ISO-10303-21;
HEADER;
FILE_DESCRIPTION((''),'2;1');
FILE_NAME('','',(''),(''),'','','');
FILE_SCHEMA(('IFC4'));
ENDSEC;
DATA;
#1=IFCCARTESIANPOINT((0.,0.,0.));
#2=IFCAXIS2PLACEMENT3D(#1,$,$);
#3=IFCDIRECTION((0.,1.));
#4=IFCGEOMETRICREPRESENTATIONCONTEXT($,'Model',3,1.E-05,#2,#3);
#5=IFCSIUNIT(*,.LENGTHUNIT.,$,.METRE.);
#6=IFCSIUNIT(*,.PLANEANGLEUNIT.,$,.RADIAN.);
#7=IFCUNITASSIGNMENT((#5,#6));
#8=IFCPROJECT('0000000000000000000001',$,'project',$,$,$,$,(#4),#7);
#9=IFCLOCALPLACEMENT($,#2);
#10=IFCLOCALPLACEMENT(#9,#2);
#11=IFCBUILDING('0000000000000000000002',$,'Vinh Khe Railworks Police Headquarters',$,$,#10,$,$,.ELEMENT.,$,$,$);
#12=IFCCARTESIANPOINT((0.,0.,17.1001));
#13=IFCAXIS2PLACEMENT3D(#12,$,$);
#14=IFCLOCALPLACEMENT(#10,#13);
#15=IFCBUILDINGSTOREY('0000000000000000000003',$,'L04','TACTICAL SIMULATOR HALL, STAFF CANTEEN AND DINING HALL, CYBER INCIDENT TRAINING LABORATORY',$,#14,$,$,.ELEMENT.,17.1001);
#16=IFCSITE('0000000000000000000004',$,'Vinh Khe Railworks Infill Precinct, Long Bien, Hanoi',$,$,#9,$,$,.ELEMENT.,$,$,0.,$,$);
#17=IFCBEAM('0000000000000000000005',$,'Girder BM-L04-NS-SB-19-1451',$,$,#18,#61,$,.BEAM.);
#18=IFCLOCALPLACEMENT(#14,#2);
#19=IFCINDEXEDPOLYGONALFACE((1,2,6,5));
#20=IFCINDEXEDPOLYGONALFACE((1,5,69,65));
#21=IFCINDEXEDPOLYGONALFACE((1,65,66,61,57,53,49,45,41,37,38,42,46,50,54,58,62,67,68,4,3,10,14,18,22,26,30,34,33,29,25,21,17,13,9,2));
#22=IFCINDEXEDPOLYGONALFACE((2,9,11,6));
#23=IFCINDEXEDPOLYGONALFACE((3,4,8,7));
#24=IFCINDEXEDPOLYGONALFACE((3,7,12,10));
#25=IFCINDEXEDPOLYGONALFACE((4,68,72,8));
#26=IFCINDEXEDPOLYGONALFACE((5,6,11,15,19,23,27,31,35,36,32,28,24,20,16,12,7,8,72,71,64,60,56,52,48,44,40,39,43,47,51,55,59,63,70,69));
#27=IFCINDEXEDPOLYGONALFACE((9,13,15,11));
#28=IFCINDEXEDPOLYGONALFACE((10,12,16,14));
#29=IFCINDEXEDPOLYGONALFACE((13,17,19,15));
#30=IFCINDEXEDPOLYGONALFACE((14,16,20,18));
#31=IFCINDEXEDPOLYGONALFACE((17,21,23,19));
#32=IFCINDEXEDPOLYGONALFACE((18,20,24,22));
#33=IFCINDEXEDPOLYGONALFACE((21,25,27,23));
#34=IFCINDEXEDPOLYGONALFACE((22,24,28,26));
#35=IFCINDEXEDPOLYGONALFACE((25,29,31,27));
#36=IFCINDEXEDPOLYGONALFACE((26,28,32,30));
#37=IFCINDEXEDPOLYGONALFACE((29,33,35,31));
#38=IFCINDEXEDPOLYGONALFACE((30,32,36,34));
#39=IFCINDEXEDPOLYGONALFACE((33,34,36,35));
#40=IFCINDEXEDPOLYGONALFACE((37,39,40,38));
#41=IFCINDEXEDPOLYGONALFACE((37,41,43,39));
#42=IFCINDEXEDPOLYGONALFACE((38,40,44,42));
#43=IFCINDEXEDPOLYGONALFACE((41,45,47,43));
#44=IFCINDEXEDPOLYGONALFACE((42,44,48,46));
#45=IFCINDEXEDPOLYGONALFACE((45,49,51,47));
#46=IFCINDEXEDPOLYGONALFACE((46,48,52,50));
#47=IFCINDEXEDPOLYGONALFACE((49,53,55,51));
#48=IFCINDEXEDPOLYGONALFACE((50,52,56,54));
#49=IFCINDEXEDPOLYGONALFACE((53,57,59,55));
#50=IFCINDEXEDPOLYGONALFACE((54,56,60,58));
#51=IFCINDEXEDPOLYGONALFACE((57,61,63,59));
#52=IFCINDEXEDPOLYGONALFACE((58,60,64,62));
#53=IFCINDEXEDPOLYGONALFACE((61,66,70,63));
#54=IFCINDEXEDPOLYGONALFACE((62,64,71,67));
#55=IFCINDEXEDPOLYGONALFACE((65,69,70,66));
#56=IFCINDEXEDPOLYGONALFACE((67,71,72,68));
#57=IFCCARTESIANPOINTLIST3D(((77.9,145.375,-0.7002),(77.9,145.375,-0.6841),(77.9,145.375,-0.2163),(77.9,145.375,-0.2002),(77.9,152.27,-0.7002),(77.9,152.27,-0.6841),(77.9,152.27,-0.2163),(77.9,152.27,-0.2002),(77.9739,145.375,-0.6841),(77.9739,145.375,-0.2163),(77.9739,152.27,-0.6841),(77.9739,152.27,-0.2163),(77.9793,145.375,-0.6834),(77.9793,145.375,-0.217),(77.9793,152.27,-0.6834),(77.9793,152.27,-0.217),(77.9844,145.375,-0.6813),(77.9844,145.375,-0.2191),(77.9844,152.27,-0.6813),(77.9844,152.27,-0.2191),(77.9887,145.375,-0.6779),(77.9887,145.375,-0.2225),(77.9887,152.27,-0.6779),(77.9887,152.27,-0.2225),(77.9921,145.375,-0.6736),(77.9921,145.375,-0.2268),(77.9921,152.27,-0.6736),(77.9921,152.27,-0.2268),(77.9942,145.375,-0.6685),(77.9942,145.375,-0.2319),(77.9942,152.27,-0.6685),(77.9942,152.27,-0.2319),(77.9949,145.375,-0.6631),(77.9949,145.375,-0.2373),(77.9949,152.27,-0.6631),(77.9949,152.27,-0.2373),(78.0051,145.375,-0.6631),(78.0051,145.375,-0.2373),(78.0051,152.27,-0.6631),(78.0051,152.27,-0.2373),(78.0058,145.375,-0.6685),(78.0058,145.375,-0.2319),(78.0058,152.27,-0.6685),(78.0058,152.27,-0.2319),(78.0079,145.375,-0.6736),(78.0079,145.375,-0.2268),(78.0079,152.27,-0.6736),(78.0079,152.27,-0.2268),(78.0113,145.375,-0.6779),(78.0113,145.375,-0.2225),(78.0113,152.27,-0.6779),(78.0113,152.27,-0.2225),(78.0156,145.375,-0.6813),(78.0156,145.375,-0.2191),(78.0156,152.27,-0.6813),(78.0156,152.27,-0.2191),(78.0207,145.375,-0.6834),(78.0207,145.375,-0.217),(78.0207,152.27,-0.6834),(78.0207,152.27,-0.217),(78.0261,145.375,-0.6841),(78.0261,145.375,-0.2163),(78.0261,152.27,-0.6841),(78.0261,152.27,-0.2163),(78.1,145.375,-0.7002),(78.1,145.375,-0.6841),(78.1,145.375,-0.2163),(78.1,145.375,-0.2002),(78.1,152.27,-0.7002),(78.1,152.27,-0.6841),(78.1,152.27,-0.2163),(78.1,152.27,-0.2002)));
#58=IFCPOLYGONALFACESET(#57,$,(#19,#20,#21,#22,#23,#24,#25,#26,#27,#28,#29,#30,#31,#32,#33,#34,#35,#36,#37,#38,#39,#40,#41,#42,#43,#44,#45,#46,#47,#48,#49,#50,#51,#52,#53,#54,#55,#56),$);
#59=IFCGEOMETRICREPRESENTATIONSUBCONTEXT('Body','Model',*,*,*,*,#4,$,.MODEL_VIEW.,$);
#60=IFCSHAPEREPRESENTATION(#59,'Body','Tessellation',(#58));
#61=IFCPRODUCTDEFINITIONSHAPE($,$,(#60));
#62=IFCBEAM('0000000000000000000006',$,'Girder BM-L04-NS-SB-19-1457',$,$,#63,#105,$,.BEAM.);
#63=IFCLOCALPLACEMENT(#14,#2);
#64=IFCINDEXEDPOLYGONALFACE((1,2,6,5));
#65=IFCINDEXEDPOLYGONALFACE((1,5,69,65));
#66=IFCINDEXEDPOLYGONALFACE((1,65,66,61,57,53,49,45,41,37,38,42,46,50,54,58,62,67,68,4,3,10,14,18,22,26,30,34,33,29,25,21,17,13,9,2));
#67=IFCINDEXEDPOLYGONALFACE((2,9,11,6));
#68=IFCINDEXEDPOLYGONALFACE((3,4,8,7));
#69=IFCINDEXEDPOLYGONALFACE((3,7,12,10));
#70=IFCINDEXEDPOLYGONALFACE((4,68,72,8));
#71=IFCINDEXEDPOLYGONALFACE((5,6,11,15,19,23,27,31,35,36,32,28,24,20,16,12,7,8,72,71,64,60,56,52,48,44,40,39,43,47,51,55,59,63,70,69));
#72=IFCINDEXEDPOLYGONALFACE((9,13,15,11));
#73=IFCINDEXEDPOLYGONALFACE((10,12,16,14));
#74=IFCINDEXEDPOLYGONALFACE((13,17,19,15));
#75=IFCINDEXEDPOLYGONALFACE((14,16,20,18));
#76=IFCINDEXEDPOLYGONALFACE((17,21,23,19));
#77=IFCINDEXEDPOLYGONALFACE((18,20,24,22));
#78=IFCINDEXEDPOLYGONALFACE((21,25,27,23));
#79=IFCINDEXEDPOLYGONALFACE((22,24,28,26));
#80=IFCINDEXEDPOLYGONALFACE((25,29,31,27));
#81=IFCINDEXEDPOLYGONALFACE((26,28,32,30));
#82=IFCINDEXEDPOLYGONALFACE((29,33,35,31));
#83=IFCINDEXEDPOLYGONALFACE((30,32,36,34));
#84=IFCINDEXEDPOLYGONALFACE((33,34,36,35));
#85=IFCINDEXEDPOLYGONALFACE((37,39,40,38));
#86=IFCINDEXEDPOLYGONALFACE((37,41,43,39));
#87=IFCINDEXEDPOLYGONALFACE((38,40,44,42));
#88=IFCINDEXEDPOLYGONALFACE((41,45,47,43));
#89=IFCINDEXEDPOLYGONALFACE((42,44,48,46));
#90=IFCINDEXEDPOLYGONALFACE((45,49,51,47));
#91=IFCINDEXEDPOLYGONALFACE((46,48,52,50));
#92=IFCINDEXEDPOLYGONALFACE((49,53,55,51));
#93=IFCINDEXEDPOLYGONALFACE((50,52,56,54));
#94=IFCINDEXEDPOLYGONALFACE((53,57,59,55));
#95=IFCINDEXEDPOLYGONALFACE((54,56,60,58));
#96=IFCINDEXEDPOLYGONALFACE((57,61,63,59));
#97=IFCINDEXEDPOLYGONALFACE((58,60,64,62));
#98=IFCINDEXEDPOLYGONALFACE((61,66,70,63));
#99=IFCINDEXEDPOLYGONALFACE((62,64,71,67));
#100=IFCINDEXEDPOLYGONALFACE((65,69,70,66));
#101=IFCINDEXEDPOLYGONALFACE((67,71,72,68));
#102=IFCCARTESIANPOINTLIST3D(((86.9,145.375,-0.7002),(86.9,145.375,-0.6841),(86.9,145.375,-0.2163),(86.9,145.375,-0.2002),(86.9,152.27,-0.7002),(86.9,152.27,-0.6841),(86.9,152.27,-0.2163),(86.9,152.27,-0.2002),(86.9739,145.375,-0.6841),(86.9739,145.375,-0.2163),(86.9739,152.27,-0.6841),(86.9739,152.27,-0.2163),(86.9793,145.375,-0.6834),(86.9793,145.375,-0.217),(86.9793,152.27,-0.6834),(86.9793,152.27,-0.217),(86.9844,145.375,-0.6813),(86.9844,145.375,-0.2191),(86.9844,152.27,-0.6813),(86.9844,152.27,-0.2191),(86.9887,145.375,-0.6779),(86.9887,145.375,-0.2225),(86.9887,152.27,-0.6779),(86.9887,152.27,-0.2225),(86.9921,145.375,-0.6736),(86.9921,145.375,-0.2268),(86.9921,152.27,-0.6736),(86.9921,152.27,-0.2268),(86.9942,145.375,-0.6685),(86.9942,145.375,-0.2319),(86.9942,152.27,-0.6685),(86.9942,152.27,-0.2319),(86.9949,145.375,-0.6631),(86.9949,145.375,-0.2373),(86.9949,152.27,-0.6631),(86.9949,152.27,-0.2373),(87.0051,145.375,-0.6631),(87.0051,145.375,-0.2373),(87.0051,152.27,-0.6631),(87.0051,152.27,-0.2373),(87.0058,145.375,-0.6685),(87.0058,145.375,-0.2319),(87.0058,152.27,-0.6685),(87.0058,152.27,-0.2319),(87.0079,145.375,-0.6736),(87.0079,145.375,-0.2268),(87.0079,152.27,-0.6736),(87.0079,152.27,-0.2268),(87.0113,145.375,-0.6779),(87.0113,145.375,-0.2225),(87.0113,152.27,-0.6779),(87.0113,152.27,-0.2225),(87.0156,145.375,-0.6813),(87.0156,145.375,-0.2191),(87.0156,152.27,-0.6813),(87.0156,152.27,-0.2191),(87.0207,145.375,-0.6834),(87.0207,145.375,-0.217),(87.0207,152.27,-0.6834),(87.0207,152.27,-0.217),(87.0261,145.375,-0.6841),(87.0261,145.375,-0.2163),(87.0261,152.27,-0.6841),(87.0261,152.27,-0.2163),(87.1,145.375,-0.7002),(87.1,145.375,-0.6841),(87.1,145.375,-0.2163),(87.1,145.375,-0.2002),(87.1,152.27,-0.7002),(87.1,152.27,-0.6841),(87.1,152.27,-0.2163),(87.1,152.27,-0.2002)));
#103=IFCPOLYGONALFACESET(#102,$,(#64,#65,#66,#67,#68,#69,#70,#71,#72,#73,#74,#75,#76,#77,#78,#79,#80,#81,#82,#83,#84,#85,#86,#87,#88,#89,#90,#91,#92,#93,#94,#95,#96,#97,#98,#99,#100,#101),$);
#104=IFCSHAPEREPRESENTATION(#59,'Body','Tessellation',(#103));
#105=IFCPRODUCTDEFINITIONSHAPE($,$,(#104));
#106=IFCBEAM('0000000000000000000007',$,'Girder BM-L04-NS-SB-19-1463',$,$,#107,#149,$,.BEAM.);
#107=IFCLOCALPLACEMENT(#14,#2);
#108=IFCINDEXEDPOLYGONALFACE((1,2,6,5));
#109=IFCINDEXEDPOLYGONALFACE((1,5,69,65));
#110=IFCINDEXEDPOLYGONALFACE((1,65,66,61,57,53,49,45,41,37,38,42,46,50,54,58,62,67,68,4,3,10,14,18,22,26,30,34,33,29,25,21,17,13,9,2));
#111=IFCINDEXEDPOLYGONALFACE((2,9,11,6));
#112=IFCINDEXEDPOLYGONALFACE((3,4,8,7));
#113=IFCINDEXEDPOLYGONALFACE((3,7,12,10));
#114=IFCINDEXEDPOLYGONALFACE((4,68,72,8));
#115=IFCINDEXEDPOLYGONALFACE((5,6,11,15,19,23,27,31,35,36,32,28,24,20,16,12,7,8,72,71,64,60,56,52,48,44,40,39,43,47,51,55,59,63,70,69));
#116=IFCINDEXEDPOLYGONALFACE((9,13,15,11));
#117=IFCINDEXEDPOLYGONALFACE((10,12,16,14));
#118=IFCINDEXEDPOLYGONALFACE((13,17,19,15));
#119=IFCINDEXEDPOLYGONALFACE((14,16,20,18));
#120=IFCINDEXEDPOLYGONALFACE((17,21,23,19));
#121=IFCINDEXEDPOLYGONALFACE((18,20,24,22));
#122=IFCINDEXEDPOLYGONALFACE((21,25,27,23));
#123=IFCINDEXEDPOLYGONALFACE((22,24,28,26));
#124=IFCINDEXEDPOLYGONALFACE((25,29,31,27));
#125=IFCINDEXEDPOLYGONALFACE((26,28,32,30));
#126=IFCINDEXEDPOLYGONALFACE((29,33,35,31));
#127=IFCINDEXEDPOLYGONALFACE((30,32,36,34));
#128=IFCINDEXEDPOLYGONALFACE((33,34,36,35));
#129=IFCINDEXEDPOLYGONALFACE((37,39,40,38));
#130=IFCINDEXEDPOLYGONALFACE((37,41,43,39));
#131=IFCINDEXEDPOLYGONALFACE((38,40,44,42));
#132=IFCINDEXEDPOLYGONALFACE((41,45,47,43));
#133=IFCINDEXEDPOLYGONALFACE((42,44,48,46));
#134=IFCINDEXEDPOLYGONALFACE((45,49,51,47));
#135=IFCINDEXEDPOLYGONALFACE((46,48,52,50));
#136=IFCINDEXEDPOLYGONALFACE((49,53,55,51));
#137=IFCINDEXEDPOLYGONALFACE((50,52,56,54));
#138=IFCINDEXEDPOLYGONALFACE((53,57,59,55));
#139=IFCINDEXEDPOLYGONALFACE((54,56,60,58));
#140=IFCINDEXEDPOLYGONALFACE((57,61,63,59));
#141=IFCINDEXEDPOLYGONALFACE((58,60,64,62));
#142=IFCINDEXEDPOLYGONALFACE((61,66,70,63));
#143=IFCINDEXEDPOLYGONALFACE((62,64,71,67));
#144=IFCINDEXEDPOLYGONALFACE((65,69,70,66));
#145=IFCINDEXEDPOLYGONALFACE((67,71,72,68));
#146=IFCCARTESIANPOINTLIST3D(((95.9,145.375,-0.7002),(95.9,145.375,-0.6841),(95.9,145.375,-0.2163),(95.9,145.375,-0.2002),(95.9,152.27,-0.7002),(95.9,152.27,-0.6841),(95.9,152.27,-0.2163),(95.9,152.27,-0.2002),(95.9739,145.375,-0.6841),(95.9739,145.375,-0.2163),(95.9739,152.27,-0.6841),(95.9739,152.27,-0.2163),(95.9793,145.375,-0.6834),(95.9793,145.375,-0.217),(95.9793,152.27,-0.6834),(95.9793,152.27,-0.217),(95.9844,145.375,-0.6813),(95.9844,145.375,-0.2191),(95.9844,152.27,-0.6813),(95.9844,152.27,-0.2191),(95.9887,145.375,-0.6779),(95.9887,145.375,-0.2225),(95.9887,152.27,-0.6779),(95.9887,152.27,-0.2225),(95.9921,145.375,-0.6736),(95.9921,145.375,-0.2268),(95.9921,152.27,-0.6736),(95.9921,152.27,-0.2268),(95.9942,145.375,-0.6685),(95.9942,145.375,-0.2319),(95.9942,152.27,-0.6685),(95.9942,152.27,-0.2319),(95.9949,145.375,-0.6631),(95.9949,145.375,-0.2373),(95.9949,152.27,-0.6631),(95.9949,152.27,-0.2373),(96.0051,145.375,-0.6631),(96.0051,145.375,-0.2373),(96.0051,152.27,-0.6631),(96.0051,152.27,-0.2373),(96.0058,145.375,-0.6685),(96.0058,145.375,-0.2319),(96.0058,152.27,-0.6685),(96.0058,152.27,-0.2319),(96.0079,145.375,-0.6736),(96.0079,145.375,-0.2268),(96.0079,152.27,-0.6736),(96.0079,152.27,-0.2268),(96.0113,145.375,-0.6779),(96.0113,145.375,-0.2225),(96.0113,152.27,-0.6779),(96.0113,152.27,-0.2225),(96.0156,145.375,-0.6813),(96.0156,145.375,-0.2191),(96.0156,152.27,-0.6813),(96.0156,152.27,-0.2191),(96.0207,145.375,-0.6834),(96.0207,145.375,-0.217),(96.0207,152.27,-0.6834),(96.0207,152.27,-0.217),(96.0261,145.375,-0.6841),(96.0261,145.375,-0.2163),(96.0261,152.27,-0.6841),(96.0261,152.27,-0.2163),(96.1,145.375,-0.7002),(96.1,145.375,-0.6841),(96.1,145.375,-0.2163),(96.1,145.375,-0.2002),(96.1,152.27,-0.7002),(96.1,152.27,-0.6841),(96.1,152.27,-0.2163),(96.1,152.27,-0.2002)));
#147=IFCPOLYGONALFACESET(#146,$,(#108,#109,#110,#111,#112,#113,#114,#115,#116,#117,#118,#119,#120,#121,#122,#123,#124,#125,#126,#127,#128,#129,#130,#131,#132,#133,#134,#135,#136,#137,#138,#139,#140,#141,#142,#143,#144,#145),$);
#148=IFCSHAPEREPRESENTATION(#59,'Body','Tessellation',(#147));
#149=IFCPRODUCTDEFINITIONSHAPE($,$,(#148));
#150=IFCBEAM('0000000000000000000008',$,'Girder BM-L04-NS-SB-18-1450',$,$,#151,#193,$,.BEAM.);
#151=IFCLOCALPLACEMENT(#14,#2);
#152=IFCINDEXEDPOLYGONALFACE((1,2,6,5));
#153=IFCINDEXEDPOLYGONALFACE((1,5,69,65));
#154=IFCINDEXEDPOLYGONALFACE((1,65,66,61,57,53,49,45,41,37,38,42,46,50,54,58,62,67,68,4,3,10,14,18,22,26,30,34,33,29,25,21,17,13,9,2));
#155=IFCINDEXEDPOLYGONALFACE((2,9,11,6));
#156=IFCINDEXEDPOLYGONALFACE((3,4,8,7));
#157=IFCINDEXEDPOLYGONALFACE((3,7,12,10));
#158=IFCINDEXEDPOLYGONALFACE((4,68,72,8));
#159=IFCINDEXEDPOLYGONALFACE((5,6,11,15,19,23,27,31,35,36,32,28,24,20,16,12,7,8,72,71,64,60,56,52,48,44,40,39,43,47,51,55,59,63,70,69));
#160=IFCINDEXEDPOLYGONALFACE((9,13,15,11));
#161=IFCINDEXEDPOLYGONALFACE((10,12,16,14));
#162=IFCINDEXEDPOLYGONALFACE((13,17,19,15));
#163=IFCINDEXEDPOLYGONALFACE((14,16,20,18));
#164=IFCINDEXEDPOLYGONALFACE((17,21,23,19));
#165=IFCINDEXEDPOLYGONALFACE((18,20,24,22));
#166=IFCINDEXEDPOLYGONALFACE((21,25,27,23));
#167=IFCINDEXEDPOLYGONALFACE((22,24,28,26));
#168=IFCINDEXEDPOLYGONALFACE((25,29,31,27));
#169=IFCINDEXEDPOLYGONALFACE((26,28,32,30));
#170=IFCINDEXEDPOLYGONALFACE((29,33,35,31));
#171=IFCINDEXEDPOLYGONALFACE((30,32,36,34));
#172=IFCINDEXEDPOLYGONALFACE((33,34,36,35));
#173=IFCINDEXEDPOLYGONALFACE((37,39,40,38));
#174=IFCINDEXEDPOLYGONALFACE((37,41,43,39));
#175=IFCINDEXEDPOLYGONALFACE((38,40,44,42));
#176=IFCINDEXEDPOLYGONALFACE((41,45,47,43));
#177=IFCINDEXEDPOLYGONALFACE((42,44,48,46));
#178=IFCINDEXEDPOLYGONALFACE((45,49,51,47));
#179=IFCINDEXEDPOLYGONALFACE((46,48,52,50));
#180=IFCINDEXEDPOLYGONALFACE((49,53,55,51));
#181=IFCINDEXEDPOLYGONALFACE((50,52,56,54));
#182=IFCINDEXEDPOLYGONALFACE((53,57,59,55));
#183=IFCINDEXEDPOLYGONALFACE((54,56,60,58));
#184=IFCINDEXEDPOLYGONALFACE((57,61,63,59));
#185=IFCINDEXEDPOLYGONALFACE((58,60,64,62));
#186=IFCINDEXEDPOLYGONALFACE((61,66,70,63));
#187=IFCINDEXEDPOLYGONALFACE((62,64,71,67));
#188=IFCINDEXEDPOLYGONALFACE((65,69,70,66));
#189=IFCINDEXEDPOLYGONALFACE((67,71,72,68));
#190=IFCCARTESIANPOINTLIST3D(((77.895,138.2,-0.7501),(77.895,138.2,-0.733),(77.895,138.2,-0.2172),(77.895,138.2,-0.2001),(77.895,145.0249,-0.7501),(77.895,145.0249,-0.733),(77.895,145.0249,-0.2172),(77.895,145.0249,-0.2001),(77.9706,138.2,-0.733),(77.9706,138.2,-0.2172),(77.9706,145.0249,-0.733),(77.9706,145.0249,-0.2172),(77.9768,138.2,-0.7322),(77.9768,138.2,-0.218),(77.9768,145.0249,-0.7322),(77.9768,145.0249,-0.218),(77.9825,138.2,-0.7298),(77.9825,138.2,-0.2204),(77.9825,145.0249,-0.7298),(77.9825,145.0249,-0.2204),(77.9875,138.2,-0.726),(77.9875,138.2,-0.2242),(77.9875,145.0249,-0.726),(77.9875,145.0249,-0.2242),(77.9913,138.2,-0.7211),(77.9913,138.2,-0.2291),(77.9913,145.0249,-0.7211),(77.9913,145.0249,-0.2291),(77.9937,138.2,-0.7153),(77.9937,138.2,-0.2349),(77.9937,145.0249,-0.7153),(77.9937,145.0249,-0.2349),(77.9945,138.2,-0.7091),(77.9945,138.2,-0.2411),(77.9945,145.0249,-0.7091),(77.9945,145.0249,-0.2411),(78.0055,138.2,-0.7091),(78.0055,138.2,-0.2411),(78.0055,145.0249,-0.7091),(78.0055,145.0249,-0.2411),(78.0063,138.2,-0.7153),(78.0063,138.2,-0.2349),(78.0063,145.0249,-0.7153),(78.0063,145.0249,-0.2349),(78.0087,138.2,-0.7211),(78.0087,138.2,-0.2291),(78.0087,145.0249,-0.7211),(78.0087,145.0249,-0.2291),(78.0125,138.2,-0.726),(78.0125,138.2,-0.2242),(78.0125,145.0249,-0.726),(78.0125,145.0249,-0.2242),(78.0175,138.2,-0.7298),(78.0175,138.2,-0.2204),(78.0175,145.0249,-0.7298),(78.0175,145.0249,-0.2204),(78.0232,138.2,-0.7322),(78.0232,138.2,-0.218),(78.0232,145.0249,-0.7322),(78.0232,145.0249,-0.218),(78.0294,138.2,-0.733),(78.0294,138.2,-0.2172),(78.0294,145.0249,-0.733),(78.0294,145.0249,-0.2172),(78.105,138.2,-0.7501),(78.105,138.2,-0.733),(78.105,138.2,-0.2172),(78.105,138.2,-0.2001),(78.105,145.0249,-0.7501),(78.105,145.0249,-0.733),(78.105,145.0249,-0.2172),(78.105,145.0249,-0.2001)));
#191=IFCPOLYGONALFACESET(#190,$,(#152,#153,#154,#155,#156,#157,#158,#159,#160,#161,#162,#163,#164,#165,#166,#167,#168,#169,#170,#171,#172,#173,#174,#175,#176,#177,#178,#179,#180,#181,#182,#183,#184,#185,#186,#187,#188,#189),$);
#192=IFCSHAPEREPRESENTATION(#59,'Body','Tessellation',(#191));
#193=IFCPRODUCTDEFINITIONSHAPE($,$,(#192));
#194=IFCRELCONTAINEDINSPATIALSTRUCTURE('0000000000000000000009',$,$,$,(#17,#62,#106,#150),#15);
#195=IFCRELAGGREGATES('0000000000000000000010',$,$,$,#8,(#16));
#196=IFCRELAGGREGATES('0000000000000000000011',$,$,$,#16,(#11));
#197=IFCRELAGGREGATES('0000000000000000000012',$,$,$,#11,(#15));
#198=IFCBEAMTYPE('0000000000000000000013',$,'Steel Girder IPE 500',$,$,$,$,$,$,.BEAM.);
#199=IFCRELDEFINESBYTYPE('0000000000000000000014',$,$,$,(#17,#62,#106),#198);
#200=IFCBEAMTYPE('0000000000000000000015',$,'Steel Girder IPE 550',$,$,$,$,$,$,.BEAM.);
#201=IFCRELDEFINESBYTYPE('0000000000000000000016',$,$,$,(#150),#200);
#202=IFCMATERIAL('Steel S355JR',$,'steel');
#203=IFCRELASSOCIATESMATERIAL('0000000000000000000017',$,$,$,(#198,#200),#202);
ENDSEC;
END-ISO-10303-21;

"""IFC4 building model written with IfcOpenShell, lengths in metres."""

from ifc_helpers import new_model, si_unit, direction, frame, origin, origin_2d, place, context, subcontext, project, spatial, i_section, extrude, material, material_profile, profile_set, type_object, element, save


model = new_model("IFC4")

# Units and contexts
model_context = context("Model", 3, precision=1e-05, world=origin(), true_north=direction((0.0, 1.0)))
body_context = subcontext(model_context, "Body", "Model", "MODEL_VIEW")
ifc_project = project(units=[si_unit("LENGTHUNIT", "METRE"), si_unit("PLANEANGLEUNIT", "RADIAN")], contexts=[model_context])

# Site, building, storey
site_placement = place(None, origin())
site = spatial("IfcSite", under=ifc_project, at=site_placement, Name="Vinh Khe Railworks Infill Precinct, Long Bien, Hanoi", CompositionType="ELEMENT", RefElevation=0.0)
building_placement = place(site_placement, origin())
building = spatial("IfcBuilding", under=site, at=building_placement, Name="Vinh Khe Railworks Police Headquarters", CompositionType="ELEMENT")
storey_placement = place(building_placement, frame((0.0, 0.0, 17.1001)))
storey = spatial("IfcBuildingStorey", under=building, at=storey_placement, Name="L04", Description="TACTICAL SIMULATOR HALL, STAFF CANTEEN AND DINING HALL, CYBER INCIDENT TRAINING LABORATORY", CompositionType="ELEMENT", Elevation=17.1001)

# Shared definitions
ifc_material_1 = material(Name="Steel S355JR", Category="steel")

# Beams
ifc_material_profile_1 = material_profile(ifc_material_1, i_section(OverallWidth=0.2, OverallDepth=0.5, WebThickness=0.0103, FlangeThickness=0.0161, FilletRadius=0.021, at=origin_2d()), Name="IPE 500")
ifc_profile_set_1 = profile_set([ifc_material_profile_1], Name="Steel S355JR")
beam_type_1 = type_object("IfcBeamType", Name="Steel Girder IPE 500", PredefinedType="BEAM", material=ifc_profile_set_1)
for number, where, z_axis, x_axis, name in (
    (1, (78.0, 145.375, -0.4502), (0.0, 1.0, 0.0), (-1.0, 0.0, 0.0), "Girder BM-L04-NS-SB-19-1451"),
    (2, (87.0, 145.375, -0.4502), (0.0, 1.0, 0.0), (-1.0, 0.0, 0.0), "Girder BM-L04-NS-SB-19-1457"),
    (3, (96.0, 145.375, -0.4502), (0.0, 1.0, 0.0), (-1.0, 0.0, 0.0), "Girder BM-L04-NS-SB-19-1463"),
):
    element("IfcBeam", number, at=place(storey_placement, frame(where, z_axis=z_axis, x_axis=x_axis)), inside=storey, type_object=beam_type_1, Name=name, PredefinedType="BEAM", context=body_context, shape_type="SweptSolid", body=[
        extrude(i_section(OverallWidth=0.2, OverallDepth=0.5, WebThickness=0.0103, FlangeThickness=0.0161, FilletRadius=0.021, at=origin_2d()), origin(), (0.0, 0.0, 1.0), 6.895),
    ])
ifc_material_profile_2 = material_profile(ifc_material_1, i_section(OverallWidth=0.21, OverallDepth=0.55, WebThickness=0.011, FlangeThickness=0.0171, FilletRadius=0.0239, at=origin_2d()), Name="IPE 550")
ifc_profile_set_2 = profile_set([ifc_material_profile_2], Name="Steel S355JR")
beam_type_2 = type_object("IfcBeamType", Name="Steel Girder IPE 550", PredefinedType="BEAM", material=ifc_profile_set_2)
for number, where, z_axis, x_axis, name in (
    (4, (78.0, 138.2, -0.4751), (0.0, 1.0, 0.0), (-1.0, 0.0, 0.0), "Girder BM-L04-NS-SB-18-1450"),
):
    element("IfcBeam", number, at=place(storey_placement, frame(where, z_axis=z_axis, x_axis=x_axis)), inside=storey, type_object=beam_type_2, Name=name, PredefinedType="BEAM", context=body_context, shape_type="SweptSolid", body=[
        extrude(i_section(OverallWidth=0.21, OverallDepth=0.55, WebThickness=0.011, FlangeThickness=0.0171, FilletRadius=0.0239, at=origin_2d()), origin(), (0.0, 0.0, 1.0), 6.825),
    ])

save(model, "model.ifc")
